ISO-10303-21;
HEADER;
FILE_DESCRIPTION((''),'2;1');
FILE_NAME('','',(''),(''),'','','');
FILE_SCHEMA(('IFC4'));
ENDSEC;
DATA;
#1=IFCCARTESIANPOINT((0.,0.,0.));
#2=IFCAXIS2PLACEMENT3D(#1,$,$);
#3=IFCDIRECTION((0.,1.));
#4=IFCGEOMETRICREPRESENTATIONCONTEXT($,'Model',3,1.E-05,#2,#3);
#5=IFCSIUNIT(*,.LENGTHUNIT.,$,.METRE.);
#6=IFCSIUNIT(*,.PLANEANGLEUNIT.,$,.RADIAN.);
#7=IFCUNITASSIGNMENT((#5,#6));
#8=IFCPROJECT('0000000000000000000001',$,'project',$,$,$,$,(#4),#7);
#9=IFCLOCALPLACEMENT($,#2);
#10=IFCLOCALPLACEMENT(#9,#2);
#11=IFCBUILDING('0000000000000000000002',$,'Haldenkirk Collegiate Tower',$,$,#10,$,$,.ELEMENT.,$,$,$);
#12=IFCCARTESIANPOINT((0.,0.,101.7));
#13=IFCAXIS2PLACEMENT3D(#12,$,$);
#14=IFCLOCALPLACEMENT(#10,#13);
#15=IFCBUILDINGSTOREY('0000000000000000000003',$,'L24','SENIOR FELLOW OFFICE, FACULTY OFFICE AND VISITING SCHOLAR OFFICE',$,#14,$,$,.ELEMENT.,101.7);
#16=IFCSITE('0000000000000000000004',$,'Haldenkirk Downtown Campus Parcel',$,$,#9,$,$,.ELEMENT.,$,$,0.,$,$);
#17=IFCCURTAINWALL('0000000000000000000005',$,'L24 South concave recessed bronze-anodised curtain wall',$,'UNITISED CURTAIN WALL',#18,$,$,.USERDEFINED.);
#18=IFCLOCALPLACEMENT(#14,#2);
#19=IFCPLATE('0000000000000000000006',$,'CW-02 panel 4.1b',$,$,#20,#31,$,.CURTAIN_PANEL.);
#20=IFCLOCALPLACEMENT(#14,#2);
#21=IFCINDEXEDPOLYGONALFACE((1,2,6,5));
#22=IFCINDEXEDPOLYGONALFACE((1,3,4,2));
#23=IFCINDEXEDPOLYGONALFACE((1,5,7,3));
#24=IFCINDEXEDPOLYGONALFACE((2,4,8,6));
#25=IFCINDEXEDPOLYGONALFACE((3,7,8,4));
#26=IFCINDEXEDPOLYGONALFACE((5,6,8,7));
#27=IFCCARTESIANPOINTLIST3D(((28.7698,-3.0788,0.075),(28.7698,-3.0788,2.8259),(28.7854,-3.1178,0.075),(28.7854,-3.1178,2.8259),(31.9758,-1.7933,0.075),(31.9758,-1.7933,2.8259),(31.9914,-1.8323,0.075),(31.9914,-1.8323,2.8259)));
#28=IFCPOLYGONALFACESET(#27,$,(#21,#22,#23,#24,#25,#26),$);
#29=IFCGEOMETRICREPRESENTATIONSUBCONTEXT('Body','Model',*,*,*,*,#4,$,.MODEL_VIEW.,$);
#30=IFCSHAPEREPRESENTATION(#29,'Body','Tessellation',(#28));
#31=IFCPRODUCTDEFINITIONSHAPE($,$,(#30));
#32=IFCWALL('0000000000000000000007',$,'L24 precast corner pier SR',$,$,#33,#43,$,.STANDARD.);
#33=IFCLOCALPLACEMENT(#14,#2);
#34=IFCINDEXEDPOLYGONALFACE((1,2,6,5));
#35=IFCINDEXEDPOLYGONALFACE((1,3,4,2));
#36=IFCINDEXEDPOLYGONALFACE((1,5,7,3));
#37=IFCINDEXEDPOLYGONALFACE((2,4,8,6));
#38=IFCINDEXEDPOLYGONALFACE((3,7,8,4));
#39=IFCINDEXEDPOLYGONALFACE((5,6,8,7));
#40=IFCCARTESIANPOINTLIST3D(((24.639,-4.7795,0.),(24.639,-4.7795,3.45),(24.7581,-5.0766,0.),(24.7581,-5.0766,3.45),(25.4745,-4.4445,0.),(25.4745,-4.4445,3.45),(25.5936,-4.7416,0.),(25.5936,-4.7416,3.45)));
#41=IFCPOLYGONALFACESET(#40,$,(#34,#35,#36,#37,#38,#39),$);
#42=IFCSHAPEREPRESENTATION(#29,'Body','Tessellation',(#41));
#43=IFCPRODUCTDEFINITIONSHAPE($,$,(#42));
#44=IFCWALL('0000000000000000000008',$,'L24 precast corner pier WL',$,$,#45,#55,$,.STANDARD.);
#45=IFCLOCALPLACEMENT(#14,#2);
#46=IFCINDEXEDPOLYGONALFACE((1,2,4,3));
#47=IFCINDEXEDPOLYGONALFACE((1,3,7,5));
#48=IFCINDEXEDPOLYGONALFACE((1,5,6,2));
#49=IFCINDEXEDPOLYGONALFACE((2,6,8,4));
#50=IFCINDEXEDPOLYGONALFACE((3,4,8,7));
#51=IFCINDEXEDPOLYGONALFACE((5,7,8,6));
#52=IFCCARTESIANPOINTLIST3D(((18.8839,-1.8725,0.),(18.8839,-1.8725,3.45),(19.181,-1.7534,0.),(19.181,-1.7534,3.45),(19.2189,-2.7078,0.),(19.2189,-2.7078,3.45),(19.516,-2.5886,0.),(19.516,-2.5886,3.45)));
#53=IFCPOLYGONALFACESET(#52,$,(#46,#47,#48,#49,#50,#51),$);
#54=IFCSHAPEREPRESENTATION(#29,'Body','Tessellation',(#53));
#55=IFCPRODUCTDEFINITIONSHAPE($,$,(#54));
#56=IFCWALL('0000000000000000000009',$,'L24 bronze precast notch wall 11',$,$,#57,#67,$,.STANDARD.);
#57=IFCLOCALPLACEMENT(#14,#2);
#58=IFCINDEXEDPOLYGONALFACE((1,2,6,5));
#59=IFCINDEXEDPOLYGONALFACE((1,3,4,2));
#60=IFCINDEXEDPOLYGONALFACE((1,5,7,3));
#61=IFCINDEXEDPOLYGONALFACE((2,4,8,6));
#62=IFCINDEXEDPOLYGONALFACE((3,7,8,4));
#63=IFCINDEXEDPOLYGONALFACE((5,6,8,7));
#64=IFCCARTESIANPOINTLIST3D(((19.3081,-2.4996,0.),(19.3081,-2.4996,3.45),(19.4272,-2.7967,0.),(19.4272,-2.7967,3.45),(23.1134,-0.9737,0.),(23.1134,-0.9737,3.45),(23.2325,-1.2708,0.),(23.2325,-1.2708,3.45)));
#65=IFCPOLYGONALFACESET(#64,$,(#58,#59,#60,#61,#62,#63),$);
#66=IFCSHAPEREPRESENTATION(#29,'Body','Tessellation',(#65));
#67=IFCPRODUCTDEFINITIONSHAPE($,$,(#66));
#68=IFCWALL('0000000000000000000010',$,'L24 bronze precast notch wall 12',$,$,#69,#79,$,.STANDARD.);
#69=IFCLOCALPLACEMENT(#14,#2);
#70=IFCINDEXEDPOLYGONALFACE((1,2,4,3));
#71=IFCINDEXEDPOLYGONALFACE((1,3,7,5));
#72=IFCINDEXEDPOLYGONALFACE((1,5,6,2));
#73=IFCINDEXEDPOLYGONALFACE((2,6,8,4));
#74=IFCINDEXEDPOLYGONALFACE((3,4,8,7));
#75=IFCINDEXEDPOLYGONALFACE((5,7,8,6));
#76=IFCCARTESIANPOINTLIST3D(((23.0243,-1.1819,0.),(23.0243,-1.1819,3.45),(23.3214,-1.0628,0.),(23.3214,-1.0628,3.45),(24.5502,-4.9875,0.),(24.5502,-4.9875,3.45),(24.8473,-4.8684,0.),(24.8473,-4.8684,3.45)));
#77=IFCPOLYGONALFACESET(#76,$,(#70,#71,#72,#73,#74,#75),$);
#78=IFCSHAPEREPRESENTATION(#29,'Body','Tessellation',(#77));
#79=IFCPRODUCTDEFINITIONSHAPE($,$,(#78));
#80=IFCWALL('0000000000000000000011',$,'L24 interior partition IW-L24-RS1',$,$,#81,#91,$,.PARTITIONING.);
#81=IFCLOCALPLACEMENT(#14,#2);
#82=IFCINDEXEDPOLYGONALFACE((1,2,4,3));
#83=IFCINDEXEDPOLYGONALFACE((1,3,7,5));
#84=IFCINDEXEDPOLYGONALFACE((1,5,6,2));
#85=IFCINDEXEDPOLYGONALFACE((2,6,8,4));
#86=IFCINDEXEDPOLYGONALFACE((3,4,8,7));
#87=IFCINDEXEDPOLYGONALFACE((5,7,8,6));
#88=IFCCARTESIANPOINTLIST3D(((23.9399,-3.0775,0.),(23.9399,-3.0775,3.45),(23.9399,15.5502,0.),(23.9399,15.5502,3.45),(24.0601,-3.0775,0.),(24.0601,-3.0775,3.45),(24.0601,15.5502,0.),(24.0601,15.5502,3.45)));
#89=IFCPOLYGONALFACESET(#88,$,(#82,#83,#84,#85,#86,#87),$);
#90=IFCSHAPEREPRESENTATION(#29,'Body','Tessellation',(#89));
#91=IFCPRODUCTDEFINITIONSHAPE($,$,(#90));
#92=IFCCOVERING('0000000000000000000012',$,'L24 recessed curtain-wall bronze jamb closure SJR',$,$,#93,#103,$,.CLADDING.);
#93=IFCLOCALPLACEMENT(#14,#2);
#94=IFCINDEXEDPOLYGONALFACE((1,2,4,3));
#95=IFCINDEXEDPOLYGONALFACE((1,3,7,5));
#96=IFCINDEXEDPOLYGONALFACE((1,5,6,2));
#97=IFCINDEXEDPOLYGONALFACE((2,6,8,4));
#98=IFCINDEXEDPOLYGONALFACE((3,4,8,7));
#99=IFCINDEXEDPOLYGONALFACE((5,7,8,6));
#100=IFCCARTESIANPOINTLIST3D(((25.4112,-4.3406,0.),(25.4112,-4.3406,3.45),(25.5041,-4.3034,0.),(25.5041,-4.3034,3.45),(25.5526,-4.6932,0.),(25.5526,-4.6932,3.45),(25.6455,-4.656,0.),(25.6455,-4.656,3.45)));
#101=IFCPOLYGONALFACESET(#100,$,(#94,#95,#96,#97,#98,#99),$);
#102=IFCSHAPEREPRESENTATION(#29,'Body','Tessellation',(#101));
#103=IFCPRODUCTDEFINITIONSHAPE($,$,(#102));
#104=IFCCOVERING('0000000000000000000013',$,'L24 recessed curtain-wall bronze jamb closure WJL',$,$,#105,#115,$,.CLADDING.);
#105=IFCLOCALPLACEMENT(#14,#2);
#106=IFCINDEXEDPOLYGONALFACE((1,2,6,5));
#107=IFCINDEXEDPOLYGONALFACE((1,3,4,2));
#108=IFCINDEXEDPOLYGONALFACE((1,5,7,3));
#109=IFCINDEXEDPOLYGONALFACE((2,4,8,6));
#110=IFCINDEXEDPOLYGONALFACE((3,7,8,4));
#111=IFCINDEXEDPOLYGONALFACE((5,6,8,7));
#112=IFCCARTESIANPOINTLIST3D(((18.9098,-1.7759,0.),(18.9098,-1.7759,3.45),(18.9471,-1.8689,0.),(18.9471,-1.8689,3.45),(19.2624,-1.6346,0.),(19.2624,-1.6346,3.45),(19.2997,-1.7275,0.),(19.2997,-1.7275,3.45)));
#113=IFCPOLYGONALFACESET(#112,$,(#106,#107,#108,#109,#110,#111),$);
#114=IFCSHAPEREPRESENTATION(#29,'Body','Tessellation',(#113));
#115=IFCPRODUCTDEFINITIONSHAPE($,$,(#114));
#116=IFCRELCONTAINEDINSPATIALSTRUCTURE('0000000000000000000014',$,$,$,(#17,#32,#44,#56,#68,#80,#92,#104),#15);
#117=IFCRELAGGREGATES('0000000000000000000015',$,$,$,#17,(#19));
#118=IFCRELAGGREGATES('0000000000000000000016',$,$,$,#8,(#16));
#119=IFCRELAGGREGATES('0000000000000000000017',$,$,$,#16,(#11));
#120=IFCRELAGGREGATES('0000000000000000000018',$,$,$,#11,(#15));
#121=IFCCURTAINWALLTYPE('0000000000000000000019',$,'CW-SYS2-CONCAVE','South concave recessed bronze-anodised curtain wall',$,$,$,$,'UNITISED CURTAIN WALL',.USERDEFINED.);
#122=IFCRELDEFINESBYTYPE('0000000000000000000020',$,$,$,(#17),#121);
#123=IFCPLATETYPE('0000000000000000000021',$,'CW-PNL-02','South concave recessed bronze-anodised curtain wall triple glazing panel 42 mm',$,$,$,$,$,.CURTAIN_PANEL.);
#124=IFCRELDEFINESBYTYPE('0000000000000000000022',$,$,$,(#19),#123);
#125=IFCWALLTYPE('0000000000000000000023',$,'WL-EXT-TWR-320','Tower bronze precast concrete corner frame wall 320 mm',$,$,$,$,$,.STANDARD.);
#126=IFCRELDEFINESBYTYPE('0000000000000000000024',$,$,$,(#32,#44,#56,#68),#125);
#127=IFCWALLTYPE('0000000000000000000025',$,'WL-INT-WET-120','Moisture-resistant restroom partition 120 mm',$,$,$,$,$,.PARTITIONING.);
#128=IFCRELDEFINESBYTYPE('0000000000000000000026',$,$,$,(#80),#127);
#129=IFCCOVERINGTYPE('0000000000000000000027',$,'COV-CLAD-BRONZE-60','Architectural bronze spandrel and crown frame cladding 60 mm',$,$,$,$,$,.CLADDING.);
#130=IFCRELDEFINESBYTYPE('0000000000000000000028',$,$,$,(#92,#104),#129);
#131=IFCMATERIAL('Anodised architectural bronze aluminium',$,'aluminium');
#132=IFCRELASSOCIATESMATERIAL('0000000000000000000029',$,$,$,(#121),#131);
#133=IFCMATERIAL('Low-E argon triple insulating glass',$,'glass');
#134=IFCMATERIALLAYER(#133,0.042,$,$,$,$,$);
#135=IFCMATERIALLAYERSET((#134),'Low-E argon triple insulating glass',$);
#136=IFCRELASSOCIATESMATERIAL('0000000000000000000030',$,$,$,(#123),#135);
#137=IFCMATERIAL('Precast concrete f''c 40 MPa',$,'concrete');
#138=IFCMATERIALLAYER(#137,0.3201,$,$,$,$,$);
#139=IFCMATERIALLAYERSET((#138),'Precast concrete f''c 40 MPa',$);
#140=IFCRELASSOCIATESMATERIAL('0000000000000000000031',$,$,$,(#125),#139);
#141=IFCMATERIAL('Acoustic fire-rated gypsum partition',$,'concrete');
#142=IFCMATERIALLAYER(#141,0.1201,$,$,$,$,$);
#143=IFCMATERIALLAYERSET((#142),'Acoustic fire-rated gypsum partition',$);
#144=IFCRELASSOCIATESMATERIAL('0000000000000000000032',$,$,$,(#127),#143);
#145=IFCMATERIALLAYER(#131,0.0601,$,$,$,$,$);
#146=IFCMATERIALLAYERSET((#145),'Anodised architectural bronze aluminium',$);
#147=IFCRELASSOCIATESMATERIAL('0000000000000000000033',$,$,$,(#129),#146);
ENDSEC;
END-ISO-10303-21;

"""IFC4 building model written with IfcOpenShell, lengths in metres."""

from ifc_helpers import new_model, si_unit, direction, frame, frame_2d, origin, origin_2d, place, context, subcontext, project, spatial, rectangle, extrude, source, transform, mapped, material, layer, layer_set, type_object, element, aggregate, save


model = new_model("IFC4")

# Units and contexts
model_context = context("Model", 3, precision=1e-05, world=origin(), true_north=direction((0.0, 1.0)))
body_context = subcontext(model_context, "Body", "Model", "MODEL_VIEW")
ifc_project = project(units=[si_unit("LENGTHUNIT", "METRE"), si_unit("PLANEANGLEUNIT", "RADIAN")], contexts=[model_context])

# Site, building, storey
site_placement = place(None, origin())
site = spatial("IfcSite", under=ifc_project, at=site_placement, Name="Haldenkirk Downtown Campus Parcel", CompositionType="ELEMENT", RefElevation=0.0)
building_placement = place(site_placement, origin())
building = spatial("IfcBuilding", under=site, at=building_placement, Name="Haldenkirk Collegiate Tower", CompositionType="ELEMENT")
storey_placement = place(building_placement, frame((0.0, 0.0, 101.7)))
storey = spatial("IfcBuildingStorey", under=building, at=storey_placement, Name="L24", Description="SENIOR FELLOW OFFICE, FACULTY OFFICE AND VISITING SCHOLAR OFFICE", CompositionType="ELEMENT", Elevation=101.7)

# Curtain wall
ifc_material_1 = material(Name="Anodised architectural bronze aluminium", Category="aluminium")
curtain_wall_type_1 = type_object("IfcCurtainWallType", Name="CW-SYS2-CONCAVE", Description="South concave recessed bronze-anodised curtain wall", ElementType="UNITISED CURTAIN WALL", PredefinedType="USERDEFINED", material=ifc_material_1)
curtain_wall_1_placement = place(storey_placement, origin())
curtain_wall_1 = element("IfcCurtainWall", 1, at=curtain_wall_1_placement, inside=storey, type_object=curtain_wall_type_1, Name="L24 South concave recessed bronze-anodised curtain wall", ObjectType="UNITISED CURTAIN WALL", PredefinedType="USERDEFINED")

# Plate
ifc_material_2 = material(Name="Low-E argon triple insulating glass", Category="glass")
ifc_layer_1 = layer(ifc_material_2, 0.042)
ifc_layer_set_1 = layer_set([ifc_layer_1], Name="Low-E argon triple insulating glass")
plate_type = type_object("IfcPlateType", Name="CW-PNL-02", Description="South concave recessed bronze-anodised curtain wall triple glazing panel 42 mm", PredefinedType="CURTAIN_PANEL", material=ifc_layer_set_1)
shared_shape_1 = source(origin(), body_context, "Body", "SweptSolid", [
    extrude(rectangle(XDim=3.4541, YDim=0.042, at=origin_2d()), origin(), (0.0, 0.0, 1.0), 2.751),
])
plate_1_placement = place(storey_placement, frame((30.3806, -2.4556, 0.075), z_axis=(0.0, 0.0, 1.0), x_axis=(-0.928162, -0.372177, 0.0)))
plate_1 = element("IfcPlate", 2, at=plate_1_placement, type_object=plate_type, Name="CW-02 panel 4.1b", PredefinedType="CURTAIN_PANEL", context=body_context, shape_type="MappedRepresentation", body=[
    mapped(shared_shape_1, transform((0.0, 0.0, 0.0), x_axis=(1.0, 0.0, 0.0), y_axis=(0.0, 1.0, 0.0), z_axis=(0.0, 0.0, 1.0), scale=1.0)),
])
aggregate(curtain_wall_1, [plate_1])

# Walls
ifc_material_3 = material(Name="Precast concrete f'c 40 MPa", Category="concrete")
ifc_layer_2 = layer(ifc_material_3, 0.3201)
ifc_layer_set_2 = layer_set([ifc_layer_2], Name="Precast concrete f'c 40 MPa")
wall_type_1 = type_object("IfcWallType", Name="WL-EXT-TWR-320", Description="Tower bronze precast concrete corner frame wall 320 mm", PredefinedType="STANDARD", material=ifc_layer_set_2)
wall_1_placement = place(storey_placement, frame((25.5342, -4.593, 0.0), z_axis=(0.0, 0.0, 1.0), x_axis=(-0.928177, -0.372139, 0.0)))
element("IfcWall", 3, at=wall_1_placement, inside=storey, type_object=wall_type_1, Name="L24 precast corner pier SR", PredefinedType="STANDARD", context=body_context, shape_type="SweptSolid", body=[
    extrude(rectangle(XDim=0.9001, YDim=0.3201, at=frame_2d((0.4502, 0.0))), origin(), (0.0, 0.0, 1.0), 3.45),
])
wall_2_placement = place(storey_placement, frame((19.3674, -2.6482, 0.0), z_axis=(0.0, 0.0, 1.0), x_axis=(-0.372233, 0.92814, 0.0)))
element("IfcWall", 4, at=wall_2_placement, inside=storey, type_object=wall_type_1, Name="L24 precast corner pier WL", PredefinedType="STANDARD", context=body_context, shape_type="SweptSolid", body=[
    extrude(rectangle(XDim=0.8999, YDim=0.3201, at=frame_2d((0.45, 0.0))), origin(), (0.0, 0.0, 1.0), 3.45),
])
wall_3_placement = place(storey_placement, frame((23.1729, -1.1223, 0.0), z_axis=(0.0, 0.0, 1.0), x_axis=(-0.928164, -0.372171, 0.0)))
element("IfcWall", 5, at=wall_3_placement, inside=storey, type_object=wall_type_1, Name="L24 bronze precast notch wall 11", PredefinedType="STANDARD", context=body_context, shape_type="SweptSolid", body=[
    extrude(rectangle(XDim=4.0999, YDim=0.3201, at=frame_2d((2.0498, 0.0))), origin(), (0.0, 0.0, 1.0), 3.45),
])
wall_4_placement = place(storey_placement, frame((24.6987, -4.928, 0.0), z_axis=(0.0, 0.0, 1.0), x_axis=(-0.37215, 0.928173, 0.0)))
element("IfcWall", 6, at=wall_4_placement, inside=storey, type_object=wall_type_1, Name="L24 bronze precast notch wall 12", PredefinedType="STANDARD", context=body_context, shape_type="SweptSolid", body=[
    extrude(rectangle(XDim=4.1001, YDim=0.3201, at=frame_2d((2.05, 0.0))), origin(), (0.0, 0.0, 1.0), 3.45),
])
ifc_material_4 = material(Name="Acoustic fire-rated gypsum partition", Category="concrete")
ifc_layer_3 = layer(ifc_material_4, 0.1201)
ifc_layer_set_3 = layer_set([ifc_layer_3], Name="Acoustic fire-rated gypsum partition")
wall_type_2 = type_object("IfcWallType", Name="WL-INT-WET-120", Description="Moisture-resistant restroom partition 120 mm", PredefinedType="PARTITIONING", material=ifc_layer_set_3)
wall_5_placement = place(storey_placement, frame((24.0, -3.0776, 0.0), z_axis=(0.0, 0.0, 1.0), x_axis=(0.0, 1.0, 0.0)))
element("IfcWall", 7, at=wall_5_placement, inside=storey, type_object=wall_type_2, Name="L24 interior partition IW-L24-RS1", PredefinedType="PARTITIONING", context=body_context, shape_type="SweptSolid", body=[
    extrude(rectangle(XDim=18.6277, YDim=0.1201, at=frame_2d((9.314, 0.0))), origin(), (0.0, 0.0, 1.0), 3.45),
])

# Coverings
ifc_layer_4 = layer(ifc_material_1, 0.0601)
ifc_layer_set_4 = layer_set([ifc_layer_4], Name="Anodised architectural bronze aluminium")
covering_type = type_object("IfcCoveringType", Name="COV-CLAD-BRONZE-60", Description="Architectural bronze spandrel and crown frame cladding 60 mm", PredefinedType="CLADDING", material=ifc_layer_set_4)
shared_shape_2 = source(origin(), body_context, "Body", "SweptSolid", [
    extrude(rectangle(XDim=0.1001, YDim=0.3799, at=origin_2d()), origin(), (0.0, 0.0, 1.0), 3.45),
])
for number, where, z_axis, x_axis, name in (
    (8, (25.5283, -4.4983, 0.0), (0.0, 0.0, 1.0), (-0.928161, -0.372178, 0.0), "L24 recessed curtain-wall bronze jamb closure SJR"),
    (9, (19.1047, -1.7517, 0.0), (0.0, 0.0, 1.0), (-0.372178, 0.928161, 0.0), "L24 recessed curtain-wall bronze jamb closure WJL"),
):
    element("IfcCovering", number, at=place(storey_placement, frame(where, z_axis=z_axis, x_axis=x_axis)), inside=storey, type_object=covering_type, Name=name, PredefinedType="CLADDING", context=body_context, shape_type="MappedRepresentation", body=[
        mapped(shared_shape_2, transform((0.0, 0.0, 0.0), x_axis=(1.0, 0.0, 0.0), y_axis=(0.0, 1.0, 0.0), z_axis=(0.0, 0.0, 1.0), scale=1.0)),
    ])

save(model, "model.ifc")
